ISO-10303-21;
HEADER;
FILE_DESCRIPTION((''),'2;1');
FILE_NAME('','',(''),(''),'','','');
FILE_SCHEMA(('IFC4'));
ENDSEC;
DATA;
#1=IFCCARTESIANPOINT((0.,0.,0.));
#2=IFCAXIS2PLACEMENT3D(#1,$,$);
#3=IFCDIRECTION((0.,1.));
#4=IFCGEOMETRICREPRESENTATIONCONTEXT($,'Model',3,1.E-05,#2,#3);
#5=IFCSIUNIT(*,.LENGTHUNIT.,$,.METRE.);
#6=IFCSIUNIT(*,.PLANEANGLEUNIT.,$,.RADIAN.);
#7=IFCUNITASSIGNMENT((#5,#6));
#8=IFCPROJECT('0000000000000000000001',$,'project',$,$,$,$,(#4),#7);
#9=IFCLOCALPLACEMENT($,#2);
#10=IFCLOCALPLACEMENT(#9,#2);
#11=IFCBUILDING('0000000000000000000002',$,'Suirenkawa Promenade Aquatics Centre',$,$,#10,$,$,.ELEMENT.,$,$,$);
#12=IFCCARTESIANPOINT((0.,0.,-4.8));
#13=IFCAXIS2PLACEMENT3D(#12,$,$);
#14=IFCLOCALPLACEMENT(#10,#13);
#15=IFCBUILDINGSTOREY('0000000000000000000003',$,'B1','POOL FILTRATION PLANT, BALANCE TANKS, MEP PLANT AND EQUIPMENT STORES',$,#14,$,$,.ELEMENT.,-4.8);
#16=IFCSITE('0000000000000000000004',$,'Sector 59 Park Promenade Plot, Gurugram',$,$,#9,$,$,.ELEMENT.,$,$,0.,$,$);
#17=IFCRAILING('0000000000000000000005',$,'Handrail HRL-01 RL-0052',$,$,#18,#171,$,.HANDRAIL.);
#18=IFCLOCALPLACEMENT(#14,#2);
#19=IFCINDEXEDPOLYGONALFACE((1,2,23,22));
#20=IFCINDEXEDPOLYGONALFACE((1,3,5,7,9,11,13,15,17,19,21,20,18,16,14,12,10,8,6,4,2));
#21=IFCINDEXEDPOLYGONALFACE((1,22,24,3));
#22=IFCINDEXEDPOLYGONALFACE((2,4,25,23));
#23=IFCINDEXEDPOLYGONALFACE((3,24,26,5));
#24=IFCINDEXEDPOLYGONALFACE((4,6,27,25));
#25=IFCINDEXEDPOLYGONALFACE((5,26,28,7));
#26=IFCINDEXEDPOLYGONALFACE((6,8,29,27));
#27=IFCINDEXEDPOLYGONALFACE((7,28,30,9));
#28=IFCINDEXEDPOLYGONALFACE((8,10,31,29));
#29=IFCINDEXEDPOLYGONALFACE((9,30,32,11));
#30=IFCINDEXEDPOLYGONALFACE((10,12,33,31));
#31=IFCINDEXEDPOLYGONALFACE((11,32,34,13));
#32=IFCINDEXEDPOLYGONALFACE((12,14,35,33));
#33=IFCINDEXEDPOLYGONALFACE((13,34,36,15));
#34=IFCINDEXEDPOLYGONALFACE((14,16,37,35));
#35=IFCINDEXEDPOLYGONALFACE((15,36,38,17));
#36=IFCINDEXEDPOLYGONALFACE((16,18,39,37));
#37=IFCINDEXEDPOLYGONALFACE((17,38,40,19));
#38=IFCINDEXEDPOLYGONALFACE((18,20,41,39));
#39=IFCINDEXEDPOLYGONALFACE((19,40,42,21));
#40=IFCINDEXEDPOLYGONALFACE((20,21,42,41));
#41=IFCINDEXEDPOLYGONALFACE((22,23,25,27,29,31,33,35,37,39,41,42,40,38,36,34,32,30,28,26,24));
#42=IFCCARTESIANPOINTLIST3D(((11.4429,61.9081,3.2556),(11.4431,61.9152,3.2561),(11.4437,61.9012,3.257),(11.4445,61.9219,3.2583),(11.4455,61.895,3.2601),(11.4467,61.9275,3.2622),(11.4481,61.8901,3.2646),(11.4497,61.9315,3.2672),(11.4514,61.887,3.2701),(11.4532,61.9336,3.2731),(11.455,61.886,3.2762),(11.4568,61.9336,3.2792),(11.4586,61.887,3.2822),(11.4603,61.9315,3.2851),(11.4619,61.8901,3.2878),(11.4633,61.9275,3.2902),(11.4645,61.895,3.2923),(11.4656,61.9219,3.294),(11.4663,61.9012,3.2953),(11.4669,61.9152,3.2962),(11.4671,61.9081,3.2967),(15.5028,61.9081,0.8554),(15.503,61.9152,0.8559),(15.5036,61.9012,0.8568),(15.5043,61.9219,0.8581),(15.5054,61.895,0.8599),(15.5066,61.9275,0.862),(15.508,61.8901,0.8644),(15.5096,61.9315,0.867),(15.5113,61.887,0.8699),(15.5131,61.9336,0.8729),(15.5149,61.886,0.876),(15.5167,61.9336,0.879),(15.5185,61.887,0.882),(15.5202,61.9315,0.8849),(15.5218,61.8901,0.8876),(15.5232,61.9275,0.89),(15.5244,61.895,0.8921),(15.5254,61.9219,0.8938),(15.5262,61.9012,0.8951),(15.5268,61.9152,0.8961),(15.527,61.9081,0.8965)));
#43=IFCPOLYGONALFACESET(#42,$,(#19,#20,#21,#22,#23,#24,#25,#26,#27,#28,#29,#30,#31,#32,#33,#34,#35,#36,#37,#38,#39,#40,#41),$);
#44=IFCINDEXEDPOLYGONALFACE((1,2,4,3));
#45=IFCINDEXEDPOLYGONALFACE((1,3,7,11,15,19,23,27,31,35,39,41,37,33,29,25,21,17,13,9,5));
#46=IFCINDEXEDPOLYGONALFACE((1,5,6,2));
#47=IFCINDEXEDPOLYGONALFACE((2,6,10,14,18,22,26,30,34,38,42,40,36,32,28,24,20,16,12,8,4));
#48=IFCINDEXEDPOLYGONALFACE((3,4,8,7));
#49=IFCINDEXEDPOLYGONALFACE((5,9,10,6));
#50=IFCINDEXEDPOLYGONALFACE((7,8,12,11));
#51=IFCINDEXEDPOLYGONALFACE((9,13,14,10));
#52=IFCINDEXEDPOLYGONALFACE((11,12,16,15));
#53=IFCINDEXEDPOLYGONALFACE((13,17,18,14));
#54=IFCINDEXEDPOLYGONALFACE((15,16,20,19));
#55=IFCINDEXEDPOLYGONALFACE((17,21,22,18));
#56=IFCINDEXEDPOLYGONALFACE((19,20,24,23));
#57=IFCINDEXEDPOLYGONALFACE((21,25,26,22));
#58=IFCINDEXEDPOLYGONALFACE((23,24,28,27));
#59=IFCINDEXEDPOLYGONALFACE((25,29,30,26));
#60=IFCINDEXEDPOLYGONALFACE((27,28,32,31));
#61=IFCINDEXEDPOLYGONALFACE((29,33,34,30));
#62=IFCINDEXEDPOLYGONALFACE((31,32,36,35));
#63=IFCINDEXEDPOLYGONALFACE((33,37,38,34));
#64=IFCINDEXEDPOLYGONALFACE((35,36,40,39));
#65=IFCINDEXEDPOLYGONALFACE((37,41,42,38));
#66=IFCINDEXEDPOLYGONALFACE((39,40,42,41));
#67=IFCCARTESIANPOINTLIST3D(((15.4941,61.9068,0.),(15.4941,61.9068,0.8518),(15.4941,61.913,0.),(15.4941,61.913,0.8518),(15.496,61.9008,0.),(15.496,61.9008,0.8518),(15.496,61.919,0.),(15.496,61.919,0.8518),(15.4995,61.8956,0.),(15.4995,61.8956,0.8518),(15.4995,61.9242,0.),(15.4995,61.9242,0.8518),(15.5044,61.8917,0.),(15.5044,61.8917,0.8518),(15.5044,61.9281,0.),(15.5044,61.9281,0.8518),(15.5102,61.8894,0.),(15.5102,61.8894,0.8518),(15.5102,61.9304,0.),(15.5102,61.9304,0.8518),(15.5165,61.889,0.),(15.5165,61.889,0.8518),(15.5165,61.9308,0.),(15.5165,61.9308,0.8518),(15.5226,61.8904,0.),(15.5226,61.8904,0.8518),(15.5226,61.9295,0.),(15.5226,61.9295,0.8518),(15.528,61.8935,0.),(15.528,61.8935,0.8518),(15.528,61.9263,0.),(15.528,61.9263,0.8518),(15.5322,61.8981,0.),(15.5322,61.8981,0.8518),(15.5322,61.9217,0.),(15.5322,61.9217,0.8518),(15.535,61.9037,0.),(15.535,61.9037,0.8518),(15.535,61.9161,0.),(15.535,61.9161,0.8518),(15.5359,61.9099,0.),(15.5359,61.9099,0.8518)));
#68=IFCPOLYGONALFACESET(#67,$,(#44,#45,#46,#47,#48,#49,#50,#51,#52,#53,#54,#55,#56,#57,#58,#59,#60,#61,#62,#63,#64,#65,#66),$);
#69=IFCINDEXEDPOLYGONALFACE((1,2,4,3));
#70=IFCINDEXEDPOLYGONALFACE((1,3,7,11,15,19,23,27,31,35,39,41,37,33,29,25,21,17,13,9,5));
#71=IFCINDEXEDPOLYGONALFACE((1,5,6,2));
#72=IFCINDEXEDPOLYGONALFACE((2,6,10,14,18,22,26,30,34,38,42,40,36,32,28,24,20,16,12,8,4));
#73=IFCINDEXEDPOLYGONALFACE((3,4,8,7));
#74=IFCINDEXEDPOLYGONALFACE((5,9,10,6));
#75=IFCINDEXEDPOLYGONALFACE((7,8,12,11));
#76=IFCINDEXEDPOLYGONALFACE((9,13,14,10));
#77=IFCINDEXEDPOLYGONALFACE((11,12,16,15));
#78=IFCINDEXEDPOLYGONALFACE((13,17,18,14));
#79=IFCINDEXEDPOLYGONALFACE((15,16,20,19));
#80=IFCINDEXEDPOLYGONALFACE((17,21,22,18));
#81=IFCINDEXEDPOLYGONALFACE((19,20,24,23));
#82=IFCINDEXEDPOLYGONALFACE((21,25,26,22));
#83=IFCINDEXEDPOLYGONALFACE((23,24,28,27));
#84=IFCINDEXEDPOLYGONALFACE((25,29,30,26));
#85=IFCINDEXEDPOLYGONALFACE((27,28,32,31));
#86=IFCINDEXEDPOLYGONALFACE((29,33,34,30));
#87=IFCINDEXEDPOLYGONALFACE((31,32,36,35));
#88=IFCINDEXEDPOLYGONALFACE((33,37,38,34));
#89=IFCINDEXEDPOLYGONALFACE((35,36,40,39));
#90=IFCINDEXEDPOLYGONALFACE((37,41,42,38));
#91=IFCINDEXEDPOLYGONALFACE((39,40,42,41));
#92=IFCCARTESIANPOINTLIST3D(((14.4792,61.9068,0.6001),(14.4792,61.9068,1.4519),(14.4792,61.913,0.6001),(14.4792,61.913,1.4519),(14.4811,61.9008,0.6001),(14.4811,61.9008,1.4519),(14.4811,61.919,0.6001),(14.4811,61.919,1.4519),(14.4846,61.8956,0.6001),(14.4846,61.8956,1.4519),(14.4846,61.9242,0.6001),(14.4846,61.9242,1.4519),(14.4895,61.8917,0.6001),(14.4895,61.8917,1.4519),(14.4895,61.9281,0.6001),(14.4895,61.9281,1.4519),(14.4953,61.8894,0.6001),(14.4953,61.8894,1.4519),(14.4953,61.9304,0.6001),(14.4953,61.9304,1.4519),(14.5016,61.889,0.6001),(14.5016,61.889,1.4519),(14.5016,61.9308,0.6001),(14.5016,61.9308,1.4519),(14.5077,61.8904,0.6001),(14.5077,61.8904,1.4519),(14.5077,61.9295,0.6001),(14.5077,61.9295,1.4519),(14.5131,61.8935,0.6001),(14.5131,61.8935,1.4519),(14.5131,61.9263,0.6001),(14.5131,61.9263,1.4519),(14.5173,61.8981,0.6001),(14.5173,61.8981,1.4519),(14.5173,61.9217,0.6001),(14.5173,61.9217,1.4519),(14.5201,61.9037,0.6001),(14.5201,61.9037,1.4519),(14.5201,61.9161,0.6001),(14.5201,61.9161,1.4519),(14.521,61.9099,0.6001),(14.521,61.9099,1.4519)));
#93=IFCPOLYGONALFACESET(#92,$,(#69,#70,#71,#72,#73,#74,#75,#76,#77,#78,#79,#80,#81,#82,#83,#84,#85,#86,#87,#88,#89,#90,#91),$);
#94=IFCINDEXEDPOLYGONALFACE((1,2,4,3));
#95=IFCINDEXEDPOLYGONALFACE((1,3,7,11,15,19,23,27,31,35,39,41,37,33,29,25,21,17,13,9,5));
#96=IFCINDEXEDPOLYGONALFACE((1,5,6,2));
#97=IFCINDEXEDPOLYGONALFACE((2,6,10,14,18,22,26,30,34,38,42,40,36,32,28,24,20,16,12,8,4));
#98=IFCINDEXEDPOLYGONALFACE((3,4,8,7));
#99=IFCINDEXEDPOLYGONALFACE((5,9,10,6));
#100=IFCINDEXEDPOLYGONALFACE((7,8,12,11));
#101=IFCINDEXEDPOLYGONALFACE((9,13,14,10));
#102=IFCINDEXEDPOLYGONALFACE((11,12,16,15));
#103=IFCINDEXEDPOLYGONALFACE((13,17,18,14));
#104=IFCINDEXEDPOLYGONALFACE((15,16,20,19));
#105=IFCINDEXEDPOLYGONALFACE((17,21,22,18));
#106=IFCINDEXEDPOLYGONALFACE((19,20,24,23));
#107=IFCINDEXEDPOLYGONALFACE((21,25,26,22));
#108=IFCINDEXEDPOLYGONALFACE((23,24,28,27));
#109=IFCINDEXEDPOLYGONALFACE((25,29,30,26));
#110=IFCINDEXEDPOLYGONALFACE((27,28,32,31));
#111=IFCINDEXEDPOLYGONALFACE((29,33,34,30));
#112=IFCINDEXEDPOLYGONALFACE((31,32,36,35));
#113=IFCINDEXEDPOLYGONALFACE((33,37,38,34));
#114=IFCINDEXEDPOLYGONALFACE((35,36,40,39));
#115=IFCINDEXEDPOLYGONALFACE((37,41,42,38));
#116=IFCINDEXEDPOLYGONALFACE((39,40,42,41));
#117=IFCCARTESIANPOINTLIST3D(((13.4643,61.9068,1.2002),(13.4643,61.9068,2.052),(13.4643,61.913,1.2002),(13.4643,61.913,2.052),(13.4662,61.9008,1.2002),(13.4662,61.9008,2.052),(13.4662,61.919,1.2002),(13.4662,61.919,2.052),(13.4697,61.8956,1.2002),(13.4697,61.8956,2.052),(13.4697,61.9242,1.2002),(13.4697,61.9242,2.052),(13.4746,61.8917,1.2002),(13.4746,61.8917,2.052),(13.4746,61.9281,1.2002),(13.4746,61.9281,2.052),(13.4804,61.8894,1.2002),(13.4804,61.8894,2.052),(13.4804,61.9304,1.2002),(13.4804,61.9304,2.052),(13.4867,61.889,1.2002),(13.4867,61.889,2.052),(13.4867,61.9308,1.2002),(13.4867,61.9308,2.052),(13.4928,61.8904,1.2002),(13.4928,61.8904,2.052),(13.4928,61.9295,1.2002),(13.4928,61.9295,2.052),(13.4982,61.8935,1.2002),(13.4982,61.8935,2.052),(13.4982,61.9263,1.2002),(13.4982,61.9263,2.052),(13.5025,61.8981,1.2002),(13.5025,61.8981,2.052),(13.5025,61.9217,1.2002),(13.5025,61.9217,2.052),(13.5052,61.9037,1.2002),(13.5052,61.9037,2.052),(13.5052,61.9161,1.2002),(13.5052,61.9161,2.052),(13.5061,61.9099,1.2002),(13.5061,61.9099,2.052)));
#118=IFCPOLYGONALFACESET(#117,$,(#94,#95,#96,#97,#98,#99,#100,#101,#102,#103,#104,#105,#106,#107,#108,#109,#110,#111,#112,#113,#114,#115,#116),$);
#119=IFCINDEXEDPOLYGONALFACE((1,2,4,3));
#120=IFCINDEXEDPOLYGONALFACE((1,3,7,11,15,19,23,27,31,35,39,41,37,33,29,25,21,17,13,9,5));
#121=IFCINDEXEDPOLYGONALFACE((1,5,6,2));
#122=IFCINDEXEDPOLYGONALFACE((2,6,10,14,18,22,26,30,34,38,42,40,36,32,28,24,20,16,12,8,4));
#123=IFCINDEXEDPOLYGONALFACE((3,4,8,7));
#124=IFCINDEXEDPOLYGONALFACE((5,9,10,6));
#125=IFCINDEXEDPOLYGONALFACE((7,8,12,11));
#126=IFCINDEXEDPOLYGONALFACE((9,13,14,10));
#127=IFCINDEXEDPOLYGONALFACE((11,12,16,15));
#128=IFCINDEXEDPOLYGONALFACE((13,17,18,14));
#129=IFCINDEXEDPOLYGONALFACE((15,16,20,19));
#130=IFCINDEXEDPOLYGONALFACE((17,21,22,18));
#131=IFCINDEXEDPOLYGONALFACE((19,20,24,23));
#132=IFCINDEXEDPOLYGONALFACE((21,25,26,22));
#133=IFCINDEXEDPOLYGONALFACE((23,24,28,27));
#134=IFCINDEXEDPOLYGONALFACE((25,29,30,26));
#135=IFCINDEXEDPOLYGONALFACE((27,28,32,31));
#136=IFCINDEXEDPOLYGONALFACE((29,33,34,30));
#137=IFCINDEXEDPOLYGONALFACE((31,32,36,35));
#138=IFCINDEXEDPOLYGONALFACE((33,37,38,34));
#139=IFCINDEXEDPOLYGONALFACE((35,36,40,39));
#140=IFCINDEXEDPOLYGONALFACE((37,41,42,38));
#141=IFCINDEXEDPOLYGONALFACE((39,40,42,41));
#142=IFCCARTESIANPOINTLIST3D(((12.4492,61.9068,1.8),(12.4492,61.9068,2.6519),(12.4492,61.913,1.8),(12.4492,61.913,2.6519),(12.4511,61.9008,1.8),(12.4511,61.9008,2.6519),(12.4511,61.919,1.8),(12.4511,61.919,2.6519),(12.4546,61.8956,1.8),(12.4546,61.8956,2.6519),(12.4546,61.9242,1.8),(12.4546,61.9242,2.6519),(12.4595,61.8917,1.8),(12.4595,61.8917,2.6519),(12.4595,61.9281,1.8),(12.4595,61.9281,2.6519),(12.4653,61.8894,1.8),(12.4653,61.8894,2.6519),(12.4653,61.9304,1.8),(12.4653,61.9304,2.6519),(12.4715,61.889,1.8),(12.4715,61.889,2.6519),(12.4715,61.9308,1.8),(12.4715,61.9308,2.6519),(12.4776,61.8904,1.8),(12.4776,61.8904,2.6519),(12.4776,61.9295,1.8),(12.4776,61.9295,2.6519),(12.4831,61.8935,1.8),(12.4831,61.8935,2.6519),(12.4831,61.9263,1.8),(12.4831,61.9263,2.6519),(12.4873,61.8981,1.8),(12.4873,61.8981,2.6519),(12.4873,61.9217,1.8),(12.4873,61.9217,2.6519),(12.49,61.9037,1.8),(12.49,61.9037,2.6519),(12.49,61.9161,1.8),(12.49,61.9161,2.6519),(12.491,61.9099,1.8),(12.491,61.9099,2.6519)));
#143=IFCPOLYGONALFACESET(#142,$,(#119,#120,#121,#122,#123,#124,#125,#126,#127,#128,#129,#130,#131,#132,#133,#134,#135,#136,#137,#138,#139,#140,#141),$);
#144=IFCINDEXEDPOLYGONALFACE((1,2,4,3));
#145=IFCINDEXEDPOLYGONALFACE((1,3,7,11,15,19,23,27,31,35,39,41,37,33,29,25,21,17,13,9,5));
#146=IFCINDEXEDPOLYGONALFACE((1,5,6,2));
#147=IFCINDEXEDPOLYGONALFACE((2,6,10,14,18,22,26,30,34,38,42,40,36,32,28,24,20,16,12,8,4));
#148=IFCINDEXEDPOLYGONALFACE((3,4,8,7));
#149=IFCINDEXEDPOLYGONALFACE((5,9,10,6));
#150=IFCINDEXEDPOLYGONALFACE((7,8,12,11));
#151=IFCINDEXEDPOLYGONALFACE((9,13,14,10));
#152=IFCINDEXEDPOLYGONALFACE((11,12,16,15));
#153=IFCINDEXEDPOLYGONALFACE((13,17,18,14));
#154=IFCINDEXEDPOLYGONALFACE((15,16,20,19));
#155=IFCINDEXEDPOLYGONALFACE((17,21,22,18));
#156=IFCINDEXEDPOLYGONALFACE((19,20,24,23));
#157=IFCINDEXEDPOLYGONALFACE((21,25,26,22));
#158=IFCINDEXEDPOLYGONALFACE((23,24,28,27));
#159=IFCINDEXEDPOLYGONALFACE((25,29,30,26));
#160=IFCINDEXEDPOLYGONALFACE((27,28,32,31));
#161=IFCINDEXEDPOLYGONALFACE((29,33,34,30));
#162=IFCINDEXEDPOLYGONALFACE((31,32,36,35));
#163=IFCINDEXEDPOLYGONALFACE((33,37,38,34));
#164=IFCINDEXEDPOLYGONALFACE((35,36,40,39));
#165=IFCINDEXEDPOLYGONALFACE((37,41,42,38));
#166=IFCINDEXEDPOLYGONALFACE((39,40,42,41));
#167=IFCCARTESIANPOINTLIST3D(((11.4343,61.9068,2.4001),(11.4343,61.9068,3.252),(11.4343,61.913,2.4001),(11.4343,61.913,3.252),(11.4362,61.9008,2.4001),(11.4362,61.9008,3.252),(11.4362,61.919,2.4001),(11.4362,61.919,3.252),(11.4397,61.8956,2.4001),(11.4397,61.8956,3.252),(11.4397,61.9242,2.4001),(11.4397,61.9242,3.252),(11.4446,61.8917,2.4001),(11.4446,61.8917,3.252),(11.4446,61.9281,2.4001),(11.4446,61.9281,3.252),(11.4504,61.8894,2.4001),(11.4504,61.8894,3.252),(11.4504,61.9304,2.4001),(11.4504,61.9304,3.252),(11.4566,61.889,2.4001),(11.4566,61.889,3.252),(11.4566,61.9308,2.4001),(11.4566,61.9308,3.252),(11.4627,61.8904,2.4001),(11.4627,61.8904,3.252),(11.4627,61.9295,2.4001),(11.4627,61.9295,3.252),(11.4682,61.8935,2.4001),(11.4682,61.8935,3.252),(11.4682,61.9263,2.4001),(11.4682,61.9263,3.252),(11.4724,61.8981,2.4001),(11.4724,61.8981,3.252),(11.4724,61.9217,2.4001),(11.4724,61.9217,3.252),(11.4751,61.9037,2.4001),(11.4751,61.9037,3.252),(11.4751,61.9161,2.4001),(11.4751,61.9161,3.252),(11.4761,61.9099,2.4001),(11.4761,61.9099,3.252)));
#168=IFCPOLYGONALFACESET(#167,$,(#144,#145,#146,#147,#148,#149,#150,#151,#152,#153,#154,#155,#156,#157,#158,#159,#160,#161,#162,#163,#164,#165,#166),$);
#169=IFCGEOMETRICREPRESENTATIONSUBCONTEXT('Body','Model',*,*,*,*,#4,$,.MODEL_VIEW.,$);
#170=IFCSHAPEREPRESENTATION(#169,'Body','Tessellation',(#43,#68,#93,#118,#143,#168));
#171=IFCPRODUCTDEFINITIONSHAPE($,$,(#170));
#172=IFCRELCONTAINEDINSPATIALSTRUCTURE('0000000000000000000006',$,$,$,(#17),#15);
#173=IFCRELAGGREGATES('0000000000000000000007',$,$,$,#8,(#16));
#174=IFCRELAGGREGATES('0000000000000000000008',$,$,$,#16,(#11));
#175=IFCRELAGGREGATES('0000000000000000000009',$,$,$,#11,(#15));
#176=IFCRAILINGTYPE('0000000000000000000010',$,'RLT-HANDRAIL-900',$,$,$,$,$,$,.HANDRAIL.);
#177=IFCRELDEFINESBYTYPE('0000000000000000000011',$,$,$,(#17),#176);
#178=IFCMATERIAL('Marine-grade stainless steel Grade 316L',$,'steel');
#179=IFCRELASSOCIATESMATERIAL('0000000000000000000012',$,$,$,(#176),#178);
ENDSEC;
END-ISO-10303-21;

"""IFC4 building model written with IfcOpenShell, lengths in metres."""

from ifc_helpers import new_model, si_unit, direction, frame, origin, origin_2d, place, context, subcontext, project, spatial, circle, extrude, material, type_object, element, save


model = new_model("IFC4")

# Units and contexts
model_context = context("Model", 3, precision=1e-05, world=origin(), true_north=direction((0.0, 1.0)))
body_context = subcontext(model_context, "Body", "Model", "MODEL_VIEW")
ifc_project = project(units=[si_unit("LENGTHUNIT", "METRE"), si_unit("PLANEANGLEUNIT", "RADIAN")], contexts=[model_context])

# Site, building, storey
site_placement = place(None, origin())
site = spatial("IfcSite", under=ifc_project, at=site_placement, Name="Sector 59 Park Promenade Plot, Gurugram", CompositionType="ELEMENT", RefElevation=0.0)
building_placement = place(site_placement, origin())
building = spatial("IfcBuilding", under=site, at=building_placement, Name="Suirenkawa Promenade Aquatics Centre", CompositionType="ELEMENT")
storey_placement = place(building_placement, frame((0.0, 0.0, -4.8)))
storey = spatial("IfcBuildingStorey", under=building, at=storey_placement, Name="B1", Description="POOL FILTRATION PLANT, BALANCE TANKS, MEP PLANT AND EQUIPMENT STORES", CompositionType="ELEMENT", Elevation=-4.8)

# Railing
ifc_material_1 = material(Name="Marine-grade stainless steel Grade 316L", Category="steel")
railing_type_1 = type_object("IfcRailingType", Name="RLT-HANDRAIL-900", PredefinedType="HANDRAIL", material=ifc_material_1)
for number, where, name in (
    (1, (15.5149, 61.9099, 0.0), "Handrail HRL-01 RL-0052"),
):
    element("IfcRailing", number, at=place(storey_placement, frame(where)), inside=storey, type_object=railing_type_1, Name=name, PredefinedType="HANDRAIL", context=body_context, shape_type="SweptSolid", body=[
        extrude(circle(Radius=0.0239, at=origin_2d()), frame((0.0, 0.0, 0.876), z_axis=(-0.860818, 0.0, 0.508912), x_axis=(0.0, -1.0, 0.0)), (0.0, 0.0, 1.0), 4.7163),
        extrude(circle(Radius=0.021, at=origin_2d()), origin(), (0.0, 0.0, 1.0), 0.8518),
        extrude(circle(Radius=0.021, at=origin_2d()), frame((-1.0149, 0.0, 0.6001)), (0.0, 0.0, 1.0), 0.8518),
        extrude(circle(Radius=0.021, at=origin_2d()), frame((-2.0298, 0.0, 1.2002)), (0.0, 0.0, 1.0), 0.8518),
        extrude(circle(Radius=0.021, at=origin_2d()), frame((-3.0449, 0.0, 1.8)), (0.0, 0.0, 1.0), 0.8518),
        extrude(circle(Radius=0.021, at=origin_2d()), frame((-4.0598, 0.0, 2.4001)), (0.0, 0.0, 1.0), 0.8518),
    ])

save(model, "model.ifc")
